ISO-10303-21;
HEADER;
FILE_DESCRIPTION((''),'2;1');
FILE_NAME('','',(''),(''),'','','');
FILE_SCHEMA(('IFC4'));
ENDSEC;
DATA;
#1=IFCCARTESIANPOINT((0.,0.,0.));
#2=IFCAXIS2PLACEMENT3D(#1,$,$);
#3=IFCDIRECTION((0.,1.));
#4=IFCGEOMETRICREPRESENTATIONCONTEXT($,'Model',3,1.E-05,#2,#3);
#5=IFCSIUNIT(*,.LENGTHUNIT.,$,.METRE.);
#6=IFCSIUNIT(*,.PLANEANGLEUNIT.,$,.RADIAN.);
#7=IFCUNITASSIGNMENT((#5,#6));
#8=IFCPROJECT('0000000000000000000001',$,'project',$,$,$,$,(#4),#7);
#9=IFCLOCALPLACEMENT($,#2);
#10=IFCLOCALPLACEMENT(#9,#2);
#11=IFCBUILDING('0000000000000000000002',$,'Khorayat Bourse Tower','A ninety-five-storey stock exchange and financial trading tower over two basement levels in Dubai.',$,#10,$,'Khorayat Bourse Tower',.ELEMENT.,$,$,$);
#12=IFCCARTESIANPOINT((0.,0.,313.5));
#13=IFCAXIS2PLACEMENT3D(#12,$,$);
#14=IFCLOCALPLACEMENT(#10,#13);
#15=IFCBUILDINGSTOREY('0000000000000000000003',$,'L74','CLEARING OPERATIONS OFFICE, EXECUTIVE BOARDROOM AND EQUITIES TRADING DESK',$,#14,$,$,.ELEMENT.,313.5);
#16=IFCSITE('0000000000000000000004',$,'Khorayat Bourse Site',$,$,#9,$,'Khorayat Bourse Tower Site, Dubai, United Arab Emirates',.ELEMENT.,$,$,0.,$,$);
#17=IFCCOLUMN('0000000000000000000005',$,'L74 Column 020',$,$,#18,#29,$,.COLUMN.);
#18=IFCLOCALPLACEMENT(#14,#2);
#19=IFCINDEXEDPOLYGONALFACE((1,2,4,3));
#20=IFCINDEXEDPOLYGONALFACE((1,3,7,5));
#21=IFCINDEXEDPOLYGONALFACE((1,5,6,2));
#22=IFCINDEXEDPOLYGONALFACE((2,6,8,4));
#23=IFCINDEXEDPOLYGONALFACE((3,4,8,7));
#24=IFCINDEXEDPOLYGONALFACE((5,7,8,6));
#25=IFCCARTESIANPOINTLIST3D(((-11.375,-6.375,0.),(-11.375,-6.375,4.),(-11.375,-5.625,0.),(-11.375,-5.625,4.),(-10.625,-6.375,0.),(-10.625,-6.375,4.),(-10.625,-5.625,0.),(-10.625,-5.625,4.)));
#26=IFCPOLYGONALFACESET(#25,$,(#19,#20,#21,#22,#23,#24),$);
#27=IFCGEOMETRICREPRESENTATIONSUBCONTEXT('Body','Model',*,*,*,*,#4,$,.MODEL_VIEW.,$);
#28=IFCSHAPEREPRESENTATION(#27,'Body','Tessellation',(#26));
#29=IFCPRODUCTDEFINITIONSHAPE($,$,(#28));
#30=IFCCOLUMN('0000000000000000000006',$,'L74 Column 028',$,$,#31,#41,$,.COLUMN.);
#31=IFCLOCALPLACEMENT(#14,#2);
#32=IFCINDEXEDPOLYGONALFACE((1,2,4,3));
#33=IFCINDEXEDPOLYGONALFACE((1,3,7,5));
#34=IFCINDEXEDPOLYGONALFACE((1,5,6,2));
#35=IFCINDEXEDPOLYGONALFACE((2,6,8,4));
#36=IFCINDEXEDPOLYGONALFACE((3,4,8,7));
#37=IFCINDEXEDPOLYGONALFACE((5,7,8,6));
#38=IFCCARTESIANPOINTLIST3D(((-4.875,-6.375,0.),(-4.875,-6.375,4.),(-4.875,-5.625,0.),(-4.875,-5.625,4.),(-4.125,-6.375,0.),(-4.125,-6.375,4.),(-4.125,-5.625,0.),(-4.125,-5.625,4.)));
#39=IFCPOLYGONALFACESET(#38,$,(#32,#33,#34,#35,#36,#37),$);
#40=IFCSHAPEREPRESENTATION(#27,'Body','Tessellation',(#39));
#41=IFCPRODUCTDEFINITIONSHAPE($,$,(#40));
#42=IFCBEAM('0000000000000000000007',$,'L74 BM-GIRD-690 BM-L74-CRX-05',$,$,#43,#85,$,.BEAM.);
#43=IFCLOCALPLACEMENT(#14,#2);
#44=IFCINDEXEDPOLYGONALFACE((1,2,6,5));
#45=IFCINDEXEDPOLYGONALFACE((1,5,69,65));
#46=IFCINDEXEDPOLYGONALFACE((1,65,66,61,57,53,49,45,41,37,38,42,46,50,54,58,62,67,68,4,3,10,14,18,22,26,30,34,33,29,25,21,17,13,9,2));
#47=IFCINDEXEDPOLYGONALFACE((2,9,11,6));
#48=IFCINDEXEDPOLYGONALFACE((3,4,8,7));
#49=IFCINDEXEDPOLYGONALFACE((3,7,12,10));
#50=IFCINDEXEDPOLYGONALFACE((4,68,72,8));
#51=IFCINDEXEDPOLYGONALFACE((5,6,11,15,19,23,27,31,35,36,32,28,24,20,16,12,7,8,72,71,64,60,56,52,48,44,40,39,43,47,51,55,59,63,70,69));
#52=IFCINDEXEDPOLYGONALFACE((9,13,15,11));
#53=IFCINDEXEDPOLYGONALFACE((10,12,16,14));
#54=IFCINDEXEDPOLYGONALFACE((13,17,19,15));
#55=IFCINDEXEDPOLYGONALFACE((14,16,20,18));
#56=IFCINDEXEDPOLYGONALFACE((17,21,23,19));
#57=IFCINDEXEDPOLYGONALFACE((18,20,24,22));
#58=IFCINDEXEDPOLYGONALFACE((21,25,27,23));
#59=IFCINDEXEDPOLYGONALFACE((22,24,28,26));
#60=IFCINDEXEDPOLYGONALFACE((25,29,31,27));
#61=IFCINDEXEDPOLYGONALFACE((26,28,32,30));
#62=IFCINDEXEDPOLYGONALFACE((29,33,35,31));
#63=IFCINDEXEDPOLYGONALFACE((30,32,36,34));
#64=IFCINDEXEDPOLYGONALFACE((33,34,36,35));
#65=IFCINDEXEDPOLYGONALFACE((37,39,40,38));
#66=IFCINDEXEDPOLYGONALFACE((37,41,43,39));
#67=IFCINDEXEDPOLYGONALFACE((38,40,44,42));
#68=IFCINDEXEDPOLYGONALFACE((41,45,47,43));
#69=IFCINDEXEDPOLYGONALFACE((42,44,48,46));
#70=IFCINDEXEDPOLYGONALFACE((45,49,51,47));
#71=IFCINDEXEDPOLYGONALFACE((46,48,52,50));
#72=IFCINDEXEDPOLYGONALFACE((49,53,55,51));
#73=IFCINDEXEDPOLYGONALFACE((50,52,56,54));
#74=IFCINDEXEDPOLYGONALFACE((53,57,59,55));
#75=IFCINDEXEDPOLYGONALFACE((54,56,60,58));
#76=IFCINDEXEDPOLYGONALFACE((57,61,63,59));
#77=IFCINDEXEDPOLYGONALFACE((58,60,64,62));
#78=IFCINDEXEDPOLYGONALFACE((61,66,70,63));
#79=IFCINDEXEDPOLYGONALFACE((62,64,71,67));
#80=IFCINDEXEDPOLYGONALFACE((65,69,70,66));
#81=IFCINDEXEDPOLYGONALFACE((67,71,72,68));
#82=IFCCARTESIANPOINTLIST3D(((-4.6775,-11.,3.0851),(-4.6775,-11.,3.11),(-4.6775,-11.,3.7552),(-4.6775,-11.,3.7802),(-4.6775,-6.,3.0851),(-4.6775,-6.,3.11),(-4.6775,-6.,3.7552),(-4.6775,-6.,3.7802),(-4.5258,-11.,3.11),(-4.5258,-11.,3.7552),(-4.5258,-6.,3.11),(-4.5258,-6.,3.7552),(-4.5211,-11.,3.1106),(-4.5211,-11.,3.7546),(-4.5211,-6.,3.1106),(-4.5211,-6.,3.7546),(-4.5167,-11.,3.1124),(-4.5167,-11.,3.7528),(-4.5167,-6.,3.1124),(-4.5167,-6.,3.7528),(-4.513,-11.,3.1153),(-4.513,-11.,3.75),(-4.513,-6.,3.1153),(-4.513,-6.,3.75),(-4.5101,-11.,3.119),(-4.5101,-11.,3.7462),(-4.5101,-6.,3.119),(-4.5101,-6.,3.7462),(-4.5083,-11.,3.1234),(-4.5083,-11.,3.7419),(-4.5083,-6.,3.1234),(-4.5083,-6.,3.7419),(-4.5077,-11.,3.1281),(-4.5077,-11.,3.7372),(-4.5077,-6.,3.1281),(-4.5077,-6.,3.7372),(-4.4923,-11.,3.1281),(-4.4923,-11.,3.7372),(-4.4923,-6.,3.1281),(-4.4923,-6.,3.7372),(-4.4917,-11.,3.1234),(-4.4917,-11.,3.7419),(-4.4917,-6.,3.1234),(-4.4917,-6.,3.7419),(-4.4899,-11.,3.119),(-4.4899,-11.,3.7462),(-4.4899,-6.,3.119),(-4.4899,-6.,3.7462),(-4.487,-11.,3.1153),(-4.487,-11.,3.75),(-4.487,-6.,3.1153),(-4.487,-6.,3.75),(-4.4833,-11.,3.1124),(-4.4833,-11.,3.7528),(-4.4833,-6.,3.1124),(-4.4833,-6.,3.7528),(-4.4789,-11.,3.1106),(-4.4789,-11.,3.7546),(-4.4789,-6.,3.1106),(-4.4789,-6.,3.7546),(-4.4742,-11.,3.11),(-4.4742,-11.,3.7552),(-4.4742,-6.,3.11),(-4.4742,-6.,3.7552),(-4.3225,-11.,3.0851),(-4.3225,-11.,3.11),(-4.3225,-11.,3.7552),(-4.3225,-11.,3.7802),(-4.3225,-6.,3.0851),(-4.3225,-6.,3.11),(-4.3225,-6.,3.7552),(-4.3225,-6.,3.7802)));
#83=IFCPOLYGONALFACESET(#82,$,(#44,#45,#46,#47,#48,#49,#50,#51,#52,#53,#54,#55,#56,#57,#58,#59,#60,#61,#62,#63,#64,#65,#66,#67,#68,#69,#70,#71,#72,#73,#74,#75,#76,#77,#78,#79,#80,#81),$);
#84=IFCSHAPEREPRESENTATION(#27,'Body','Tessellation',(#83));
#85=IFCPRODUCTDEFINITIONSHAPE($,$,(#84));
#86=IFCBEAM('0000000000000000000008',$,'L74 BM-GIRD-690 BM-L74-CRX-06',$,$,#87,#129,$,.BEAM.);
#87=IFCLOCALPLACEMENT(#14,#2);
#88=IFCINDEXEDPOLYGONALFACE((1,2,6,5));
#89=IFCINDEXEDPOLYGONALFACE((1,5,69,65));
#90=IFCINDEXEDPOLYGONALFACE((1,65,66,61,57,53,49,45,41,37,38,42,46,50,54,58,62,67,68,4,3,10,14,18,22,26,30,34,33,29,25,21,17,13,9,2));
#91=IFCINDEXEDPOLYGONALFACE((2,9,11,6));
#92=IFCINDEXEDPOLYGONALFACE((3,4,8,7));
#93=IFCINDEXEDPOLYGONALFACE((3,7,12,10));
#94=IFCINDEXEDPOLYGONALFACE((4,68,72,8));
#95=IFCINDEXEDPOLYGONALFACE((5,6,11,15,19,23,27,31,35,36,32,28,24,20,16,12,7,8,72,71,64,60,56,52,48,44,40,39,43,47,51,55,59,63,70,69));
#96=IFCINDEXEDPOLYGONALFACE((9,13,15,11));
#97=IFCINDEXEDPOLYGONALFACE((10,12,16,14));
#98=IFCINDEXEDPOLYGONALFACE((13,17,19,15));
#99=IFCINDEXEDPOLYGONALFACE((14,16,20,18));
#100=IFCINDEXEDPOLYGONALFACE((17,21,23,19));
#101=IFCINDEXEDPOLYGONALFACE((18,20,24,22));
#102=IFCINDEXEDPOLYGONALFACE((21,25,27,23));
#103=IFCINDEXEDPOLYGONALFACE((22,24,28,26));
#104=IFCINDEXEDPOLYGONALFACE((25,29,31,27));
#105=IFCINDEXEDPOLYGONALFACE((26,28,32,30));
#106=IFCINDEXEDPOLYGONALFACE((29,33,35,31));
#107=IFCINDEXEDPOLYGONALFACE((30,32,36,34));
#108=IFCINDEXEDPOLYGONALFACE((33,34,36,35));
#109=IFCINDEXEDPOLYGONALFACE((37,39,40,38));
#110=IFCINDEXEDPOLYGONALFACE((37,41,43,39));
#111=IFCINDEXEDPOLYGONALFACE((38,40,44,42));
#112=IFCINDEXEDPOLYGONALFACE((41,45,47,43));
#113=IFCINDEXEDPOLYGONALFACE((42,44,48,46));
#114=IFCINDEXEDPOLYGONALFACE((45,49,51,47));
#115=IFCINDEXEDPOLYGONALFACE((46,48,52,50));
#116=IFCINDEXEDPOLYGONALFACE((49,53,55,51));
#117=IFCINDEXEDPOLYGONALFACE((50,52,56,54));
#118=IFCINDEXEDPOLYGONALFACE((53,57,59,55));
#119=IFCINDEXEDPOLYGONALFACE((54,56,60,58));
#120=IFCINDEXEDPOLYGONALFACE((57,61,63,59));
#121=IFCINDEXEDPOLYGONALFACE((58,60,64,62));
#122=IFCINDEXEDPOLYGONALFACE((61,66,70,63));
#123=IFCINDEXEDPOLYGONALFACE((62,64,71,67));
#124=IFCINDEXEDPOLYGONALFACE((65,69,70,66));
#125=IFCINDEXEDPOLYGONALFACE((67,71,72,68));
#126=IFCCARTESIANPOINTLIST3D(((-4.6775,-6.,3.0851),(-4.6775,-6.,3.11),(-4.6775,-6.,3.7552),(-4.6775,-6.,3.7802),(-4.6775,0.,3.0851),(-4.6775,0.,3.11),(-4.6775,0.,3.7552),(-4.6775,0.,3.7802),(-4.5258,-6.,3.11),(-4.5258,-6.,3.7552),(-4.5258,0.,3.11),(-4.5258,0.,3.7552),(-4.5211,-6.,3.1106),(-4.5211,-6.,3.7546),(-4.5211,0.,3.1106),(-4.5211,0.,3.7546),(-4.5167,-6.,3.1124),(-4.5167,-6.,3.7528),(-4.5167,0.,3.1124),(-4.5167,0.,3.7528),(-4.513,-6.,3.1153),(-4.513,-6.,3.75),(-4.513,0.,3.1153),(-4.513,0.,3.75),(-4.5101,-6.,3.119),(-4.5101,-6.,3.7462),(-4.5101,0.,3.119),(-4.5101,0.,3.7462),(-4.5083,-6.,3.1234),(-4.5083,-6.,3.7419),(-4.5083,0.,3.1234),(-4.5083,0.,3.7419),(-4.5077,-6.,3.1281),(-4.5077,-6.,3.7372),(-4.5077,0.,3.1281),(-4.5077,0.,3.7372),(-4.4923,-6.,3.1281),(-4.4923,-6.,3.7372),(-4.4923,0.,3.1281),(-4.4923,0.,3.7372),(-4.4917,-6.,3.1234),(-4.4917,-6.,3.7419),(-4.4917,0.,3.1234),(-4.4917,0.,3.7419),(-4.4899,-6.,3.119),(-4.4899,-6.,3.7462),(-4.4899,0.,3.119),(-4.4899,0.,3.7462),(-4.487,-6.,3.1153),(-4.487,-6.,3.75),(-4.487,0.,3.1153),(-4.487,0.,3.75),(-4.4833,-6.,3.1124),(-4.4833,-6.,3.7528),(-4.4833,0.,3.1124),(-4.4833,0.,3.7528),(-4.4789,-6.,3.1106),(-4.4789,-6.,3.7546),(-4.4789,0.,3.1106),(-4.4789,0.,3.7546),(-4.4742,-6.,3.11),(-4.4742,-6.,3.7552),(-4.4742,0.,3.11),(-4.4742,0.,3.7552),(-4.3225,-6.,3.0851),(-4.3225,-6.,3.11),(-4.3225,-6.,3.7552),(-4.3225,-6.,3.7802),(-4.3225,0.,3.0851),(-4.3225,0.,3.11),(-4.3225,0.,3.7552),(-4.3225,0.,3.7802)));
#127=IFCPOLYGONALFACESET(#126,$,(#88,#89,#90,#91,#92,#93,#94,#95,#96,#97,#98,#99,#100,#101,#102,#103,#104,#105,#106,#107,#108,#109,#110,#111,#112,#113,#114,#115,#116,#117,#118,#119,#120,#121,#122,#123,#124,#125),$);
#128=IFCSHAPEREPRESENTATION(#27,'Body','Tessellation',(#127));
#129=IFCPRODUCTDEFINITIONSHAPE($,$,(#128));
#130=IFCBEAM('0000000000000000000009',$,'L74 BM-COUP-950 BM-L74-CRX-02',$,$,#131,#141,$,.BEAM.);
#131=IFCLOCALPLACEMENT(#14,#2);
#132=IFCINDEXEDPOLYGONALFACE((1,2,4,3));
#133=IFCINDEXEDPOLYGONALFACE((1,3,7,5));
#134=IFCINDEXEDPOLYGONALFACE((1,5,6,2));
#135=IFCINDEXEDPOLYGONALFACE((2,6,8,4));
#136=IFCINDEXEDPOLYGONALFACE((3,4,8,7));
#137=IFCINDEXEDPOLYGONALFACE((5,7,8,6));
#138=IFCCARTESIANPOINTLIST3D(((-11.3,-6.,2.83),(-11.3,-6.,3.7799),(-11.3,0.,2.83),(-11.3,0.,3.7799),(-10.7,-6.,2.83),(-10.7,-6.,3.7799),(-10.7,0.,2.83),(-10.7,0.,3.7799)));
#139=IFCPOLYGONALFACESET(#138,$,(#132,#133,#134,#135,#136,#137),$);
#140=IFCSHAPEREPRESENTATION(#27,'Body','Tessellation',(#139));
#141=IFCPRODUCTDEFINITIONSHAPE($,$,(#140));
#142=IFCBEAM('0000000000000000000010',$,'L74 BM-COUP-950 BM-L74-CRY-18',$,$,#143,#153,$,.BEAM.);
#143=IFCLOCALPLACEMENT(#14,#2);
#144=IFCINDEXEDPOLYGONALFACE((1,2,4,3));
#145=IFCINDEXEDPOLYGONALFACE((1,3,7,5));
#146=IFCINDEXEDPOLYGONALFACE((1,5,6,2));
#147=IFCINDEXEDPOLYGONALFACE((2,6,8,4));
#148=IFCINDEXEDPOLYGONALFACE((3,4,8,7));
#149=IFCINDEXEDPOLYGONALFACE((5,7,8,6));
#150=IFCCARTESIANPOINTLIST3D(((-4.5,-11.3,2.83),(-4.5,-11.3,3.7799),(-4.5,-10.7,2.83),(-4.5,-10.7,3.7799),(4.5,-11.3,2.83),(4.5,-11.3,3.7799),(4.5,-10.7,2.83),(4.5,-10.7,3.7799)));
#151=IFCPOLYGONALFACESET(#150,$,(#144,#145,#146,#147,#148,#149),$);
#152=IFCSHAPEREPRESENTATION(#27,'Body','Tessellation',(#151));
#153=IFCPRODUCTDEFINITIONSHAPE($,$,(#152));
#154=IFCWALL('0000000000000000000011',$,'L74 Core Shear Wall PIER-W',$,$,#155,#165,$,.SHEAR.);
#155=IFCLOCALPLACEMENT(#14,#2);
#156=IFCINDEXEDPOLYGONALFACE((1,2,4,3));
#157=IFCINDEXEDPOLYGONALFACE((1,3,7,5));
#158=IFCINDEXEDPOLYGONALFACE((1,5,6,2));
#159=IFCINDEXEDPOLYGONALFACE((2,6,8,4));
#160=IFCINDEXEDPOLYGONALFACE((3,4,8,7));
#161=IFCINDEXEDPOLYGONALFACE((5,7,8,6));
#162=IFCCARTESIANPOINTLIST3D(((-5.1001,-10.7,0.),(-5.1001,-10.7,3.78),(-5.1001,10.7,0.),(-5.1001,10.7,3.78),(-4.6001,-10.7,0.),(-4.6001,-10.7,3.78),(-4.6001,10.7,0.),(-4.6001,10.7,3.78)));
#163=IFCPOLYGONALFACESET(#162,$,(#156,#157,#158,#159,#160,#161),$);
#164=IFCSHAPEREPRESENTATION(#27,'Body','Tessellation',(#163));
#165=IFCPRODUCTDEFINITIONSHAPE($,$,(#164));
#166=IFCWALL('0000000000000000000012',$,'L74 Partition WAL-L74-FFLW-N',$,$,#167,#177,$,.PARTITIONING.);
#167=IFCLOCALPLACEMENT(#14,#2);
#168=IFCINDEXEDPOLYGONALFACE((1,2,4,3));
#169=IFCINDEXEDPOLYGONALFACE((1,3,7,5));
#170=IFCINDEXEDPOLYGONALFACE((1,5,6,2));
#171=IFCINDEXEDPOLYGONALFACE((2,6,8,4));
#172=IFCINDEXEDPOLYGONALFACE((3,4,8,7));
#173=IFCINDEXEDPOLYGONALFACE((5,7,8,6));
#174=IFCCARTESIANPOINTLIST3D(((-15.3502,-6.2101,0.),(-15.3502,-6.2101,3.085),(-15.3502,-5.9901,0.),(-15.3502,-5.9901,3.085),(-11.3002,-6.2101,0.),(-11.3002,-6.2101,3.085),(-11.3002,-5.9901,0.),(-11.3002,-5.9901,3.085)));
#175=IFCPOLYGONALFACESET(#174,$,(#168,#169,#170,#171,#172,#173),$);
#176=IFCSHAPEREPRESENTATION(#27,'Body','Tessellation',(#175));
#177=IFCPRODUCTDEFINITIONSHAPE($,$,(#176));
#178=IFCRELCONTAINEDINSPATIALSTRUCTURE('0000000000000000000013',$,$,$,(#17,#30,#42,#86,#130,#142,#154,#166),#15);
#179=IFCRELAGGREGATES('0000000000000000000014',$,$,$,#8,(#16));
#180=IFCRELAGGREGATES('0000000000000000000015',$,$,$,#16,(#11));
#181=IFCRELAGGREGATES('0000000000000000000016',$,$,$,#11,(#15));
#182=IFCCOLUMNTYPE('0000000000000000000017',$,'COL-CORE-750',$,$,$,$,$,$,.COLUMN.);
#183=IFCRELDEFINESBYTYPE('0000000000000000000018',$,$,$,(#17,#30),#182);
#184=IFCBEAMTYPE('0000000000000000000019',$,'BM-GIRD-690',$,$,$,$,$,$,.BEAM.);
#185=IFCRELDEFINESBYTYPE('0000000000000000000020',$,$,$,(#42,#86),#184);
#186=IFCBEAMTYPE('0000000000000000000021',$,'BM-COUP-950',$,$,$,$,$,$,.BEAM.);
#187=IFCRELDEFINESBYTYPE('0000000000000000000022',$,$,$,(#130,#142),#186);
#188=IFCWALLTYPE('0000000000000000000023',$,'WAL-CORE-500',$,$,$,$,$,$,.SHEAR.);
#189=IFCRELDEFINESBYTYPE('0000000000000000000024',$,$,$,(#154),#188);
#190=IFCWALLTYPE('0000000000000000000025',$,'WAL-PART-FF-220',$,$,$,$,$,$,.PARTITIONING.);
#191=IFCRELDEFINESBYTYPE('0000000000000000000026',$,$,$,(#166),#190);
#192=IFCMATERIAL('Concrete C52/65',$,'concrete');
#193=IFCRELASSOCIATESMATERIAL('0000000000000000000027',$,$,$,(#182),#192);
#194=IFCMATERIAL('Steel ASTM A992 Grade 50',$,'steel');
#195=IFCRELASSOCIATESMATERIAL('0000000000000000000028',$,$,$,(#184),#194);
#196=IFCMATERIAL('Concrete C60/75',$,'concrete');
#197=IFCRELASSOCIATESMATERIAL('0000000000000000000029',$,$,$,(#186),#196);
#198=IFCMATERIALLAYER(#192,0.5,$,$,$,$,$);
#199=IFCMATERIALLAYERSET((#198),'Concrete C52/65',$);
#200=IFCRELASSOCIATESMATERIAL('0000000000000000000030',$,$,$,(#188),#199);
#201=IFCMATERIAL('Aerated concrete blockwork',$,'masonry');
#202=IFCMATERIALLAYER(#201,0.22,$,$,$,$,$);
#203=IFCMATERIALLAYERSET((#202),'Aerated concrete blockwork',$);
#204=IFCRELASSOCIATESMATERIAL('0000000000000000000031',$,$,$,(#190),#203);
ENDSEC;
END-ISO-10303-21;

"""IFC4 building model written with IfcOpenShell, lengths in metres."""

from ifc_helpers import new_model, si_unit, direction, frame, frame_2d, origin, origin_2d, place, context, subcontext, project, spatial, rectangle, i_section, extrude, source, transform, mapped, material, layer, layer_set, material_profile, profile_set, type_object, element, save


model = new_model("IFC4")

# Units and contexts
model_context = context("Model", 3, precision=1e-05, world=origin(), true_north=direction((0.0, 1.0)))
body_context = subcontext(model_context, "Body", "Model", "MODEL_VIEW")
ifc_project = project(units=[si_unit("LENGTHUNIT", "METRE"), si_unit("PLANEANGLEUNIT", "RADIAN")], contexts=[model_context])

# Site, building, storey
site_placement = place(None, origin())
site = spatial("IfcSite", under=ifc_project, at=site_placement, Name="Khorayat Bourse Site", LongName="Khorayat Bourse Tower Site, Dubai, United Arab Emirates", CompositionType="ELEMENT", RefElevation=0.0)
building_placement = place(site_placement, origin())
building = spatial("IfcBuilding", under=site, at=building_placement, Name="Khorayat Bourse Tower", Description="A ninety-five-storey stock exchange and financial trading tower over two basement levels in Dubai.", LongName="Khorayat Bourse Tower", CompositionType="ELEMENT")
storey_placement = place(building_placement, frame((0.0, 0.0, 313.5)))
storey = spatial("IfcBuildingStorey", under=building, at=storey_placement, Name="L74", Description="CLEARING OPERATIONS OFFICE, EXECUTIVE BOARDROOM AND EQUITIES TRADING DESK", CompositionType="ELEMENT", Elevation=313.5)

# Columns
ifc_material_1 = material(Name="Concrete C52/65", Category="concrete")
ifc_material_profile_1 = material_profile(ifc_material_1, rectangle(XDim=0.75, YDim=0.75, at=origin_2d()), Name="RC 750x750")
ifc_profile_set_1 = profile_set([ifc_material_profile_1], Name="Concrete C52/65")
column_type = type_object("IfcColumnType", Name="COL-CORE-750", PredefinedType="COLUMN", material=ifc_profile_set_1)
shared_shape_1 = source(origin(), body_context, "Body", "SweptSolid", [
    extrude(rectangle(XDim=0.75, YDim=0.75, at=origin_2d()), origin(), (0.0, 0.0, 1.0), 4.0),
])
for number, where, z_axis, x_axis, name in (
    (1, (-11.0, -6.0, 0.0), (0.0, 0.0, 1.0), (1.0, 0.0, 0.0), "L74 Column 020"),
    (2, (-4.5, -6.0, 0.0), (0.0, 0.0, 1.0), (1.0, 0.0, 0.0), "L74 Column 028"),
):
    element("IfcColumn", number, at=place(storey_placement, frame(where, z_axis=z_axis, x_axis=x_axis)), inside=storey, type_object=column_type, Name=name, PredefinedType="COLUMN", context=body_context, shape_type="MappedRepresentation", body=[
        mapped(shared_shape_1, transform((0.0, 0.0, 0.0), scale=1.0)),
    ])

# Beams
ifc_material_2 = material(Name="Steel ASTM A992 Grade 50", Category="steel")
ifc_material_profile_2 = material_profile(ifc_material_2, i_section(OverallWidth=0.355, OverallDepth=0.6951, WebThickness=0.0154, FlangeThickness=0.0249, FilletRadius=0.0181, at=origin_2d()), Name="W690X217")
ifc_profile_set_2 = profile_set([ifc_material_profile_2], Name="Steel ASTM A992 Grade 50")
beam_type_1 = type_object("IfcBeamType", Name="BM-GIRD-690", PredefinedType="BEAM", material=ifc_profile_set_2)
shared_shape_2 = source(origin(), body_context, "Body", "SweptSolid", [
    extrude(i_section(OverallWidth=0.355, OverallDepth=0.6951, WebThickness=0.0154, FlangeThickness=0.0249, FilletRadius=0.0181, at=origin_2d()), origin(), (0.0, 0.0, 1.0), 5.0),
])
beam_1_placement = place(storey_placement, frame((-4.5, -11.0, 3.4326), z_axis=(0.0, 1.0, 0.0), x_axis=(-1.0, 0.0, 0.0)))
element("IfcBeam", 3, at=beam_1_placement, inside=storey, type_object=beam_type_1, Name="L74 BM-GIRD-690 BM-L74-CRX-05", PredefinedType="BEAM", context=body_context, shape_type="MappedRepresentation", body=[
    mapped(shared_shape_2, transform((0.0, 0.0, 0.0), scale=1.0)),
])
shared_shape_3 = source(origin(), body_context, "Body", "SweptSolid", [
    extrude(i_section(OverallWidth=0.355, OverallDepth=0.6951, WebThickness=0.0154, FlangeThickness=0.0249, FilletRadius=0.0181, at=origin_2d()), origin(), (0.0, 0.0, 1.0), 6.0),
])
beam_2_placement = place(storey_placement, frame((-4.5, -6.0, 3.4326), z_axis=(0.0, 1.0, 0.0), x_axis=(-1.0, 0.0, 0.0)))
element("IfcBeam", 4, at=beam_2_placement, inside=storey, type_object=beam_type_1, Name="L74 BM-GIRD-690 BM-L74-CRX-06", PredefinedType="BEAM", context=body_context, shape_type="MappedRepresentation", body=[
    mapped(shared_shape_3, transform((0.0, 0.0, 0.0), scale=1.0)),
])
ifc_material_3 = material(Name="Concrete C60/75", Category="concrete")
ifc_material_profile_3 = material_profile(ifc_material_3, rectangle(XDim=0.6001, YDim=0.95, at=origin_2d()), Name="RC 600x950")
ifc_profile_set_3 = profile_set([ifc_material_profile_3], Name="Concrete C60/75")
beam_type_2 = type_object("IfcBeamType", Name="BM-COUP-950", PredefinedType="BEAM", material=ifc_profile_set_3)
shared_shape_4 = source(origin(), body_context, "Body", "SweptSolid", [
    extrude(rectangle(XDim=0.6001, YDim=0.95, at=origin_2d()), origin(), (0.0, 0.0, 1.0), 6.0),
])
beam_3_placement = place(storey_placement, frame((-11.0, -6.0, 3.3049), z_axis=(0.0, 1.0, 0.0), x_axis=(-1.0, 0.0, 0.0)))
element("IfcBeam", 5, at=beam_3_placement, inside=storey, type_object=beam_type_2, Name="L74 BM-COUP-950 BM-L74-CRX-02", PredefinedType="BEAM", context=body_context, shape_type="MappedRepresentation", body=[
    mapped(shared_shape_4, transform((0.0, 0.0, 0.0), scale=1.0)),
])
shared_shape_5 = source(origin(), body_context, "Body", "SweptSolid", [
    extrude(rectangle(XDim=0.6001, YDim=0.95, at=origin_2d()), origin(), (0.0, 0.0, 1.0), 9.0),
])
beam_4_placement = place(storey_placement, frame((-4.5, -11.0, 3.3049), z_axis=(1.0, 0.0, 0.0), x_axis=(0.0, 1.0, 0.0)))
element("IfcBeam", 6, at=beam_4_placement, inside=storey, type_object=beam_type_2, Name="L74 BM-COUP-950 BM-L74-CRY-18", PredefinedType="BEAM", context=body_context, shape_type="MappedRepresentation", body=[
    mapped(shared_shape_5, transform((0.0, 0.0, 0.0), scale=1.0)),
])

# Walls
ifc_layer_1 = layer(ifc_material_1, 0.5)
ifc_layer_set_1 = layer_set([ifc_layer_1], Name="Concrete C52/65")
wall_type_1 = type_object("IfcWallType", Name="WAL-CORE-500", PredefinedType="SHEAR", material=ifc_layer_set_1)
shared_shape_6 = source(origin(), body_context, "Body", "SweptSolid", [
    extrude(rectangle(XDim=21.3999, YDim=0.5, at=frame_2d((10.7, 0.0))), origin(), (0.0, 0.0, 1.0), 3.78),
])
wall_1_placement = place(storey_placement, frame((-4.8501, -10.7, 0.0), z_axis=(0.0, 0.0, 1.0), x_axis=(0.0, 1.0, 0.0)))
element("IfcWall", 7, at=wall_1_placement, inside=storey, type_object=wall_type_1, Name="L74 Core Shear Wall PIER-W", PredefinedType="SHEAR", context=body_context, shape_type="MappedRepresentation", body=[
    mapped(shared_shape_6, transform((0.0, 0.0, 0.0), scale=1.0)),
])
ifc_material_4 = material(Name="Aerated concrete blockwork", Category="masonry")
ifc_layer_2 = layer(ifc_material_4, 0.22)
ifc_layer_set_2 = layer_set([ifc_layer_2], Name="Aerated concrete blockwork")
wall_type_2 = type_object("IfcWallType", Name="WAL-PART-FF-220", PredefinedType="PARTITIONING", material=ifc_layer_set_2)
shared_shape_7 = source(origin(), body_context, "Body", "SweptSolid", [
    extrude(rectangle(XDim=4.05, YDim=0.22, at=frame_2d((2.0249, 0.0))), origin(), (0.0, 0.0, 1.0), 3.085),
])
wall_2_placement = place(storey_placement, frame((-15.3501, -6.1001, 0.0), z_axis=(0.0, 0.0, 1.0), x_axis=(1.0, 0.0, 0.0)))
element("IfcWall", 8, at=wall_2_placement, inside=storey, type_object=wall_type_2, Name="L74 Partition WAL-L74-FFLW-N", PredefinedType="PARTITIONING", context=body_context, shape_type="MappedRepresentation", body=[
    mapped(shared_shape_7, transform((0.0, 0.0, 0.0), scale=1.0)),
])

save(model, "model.ifc")
